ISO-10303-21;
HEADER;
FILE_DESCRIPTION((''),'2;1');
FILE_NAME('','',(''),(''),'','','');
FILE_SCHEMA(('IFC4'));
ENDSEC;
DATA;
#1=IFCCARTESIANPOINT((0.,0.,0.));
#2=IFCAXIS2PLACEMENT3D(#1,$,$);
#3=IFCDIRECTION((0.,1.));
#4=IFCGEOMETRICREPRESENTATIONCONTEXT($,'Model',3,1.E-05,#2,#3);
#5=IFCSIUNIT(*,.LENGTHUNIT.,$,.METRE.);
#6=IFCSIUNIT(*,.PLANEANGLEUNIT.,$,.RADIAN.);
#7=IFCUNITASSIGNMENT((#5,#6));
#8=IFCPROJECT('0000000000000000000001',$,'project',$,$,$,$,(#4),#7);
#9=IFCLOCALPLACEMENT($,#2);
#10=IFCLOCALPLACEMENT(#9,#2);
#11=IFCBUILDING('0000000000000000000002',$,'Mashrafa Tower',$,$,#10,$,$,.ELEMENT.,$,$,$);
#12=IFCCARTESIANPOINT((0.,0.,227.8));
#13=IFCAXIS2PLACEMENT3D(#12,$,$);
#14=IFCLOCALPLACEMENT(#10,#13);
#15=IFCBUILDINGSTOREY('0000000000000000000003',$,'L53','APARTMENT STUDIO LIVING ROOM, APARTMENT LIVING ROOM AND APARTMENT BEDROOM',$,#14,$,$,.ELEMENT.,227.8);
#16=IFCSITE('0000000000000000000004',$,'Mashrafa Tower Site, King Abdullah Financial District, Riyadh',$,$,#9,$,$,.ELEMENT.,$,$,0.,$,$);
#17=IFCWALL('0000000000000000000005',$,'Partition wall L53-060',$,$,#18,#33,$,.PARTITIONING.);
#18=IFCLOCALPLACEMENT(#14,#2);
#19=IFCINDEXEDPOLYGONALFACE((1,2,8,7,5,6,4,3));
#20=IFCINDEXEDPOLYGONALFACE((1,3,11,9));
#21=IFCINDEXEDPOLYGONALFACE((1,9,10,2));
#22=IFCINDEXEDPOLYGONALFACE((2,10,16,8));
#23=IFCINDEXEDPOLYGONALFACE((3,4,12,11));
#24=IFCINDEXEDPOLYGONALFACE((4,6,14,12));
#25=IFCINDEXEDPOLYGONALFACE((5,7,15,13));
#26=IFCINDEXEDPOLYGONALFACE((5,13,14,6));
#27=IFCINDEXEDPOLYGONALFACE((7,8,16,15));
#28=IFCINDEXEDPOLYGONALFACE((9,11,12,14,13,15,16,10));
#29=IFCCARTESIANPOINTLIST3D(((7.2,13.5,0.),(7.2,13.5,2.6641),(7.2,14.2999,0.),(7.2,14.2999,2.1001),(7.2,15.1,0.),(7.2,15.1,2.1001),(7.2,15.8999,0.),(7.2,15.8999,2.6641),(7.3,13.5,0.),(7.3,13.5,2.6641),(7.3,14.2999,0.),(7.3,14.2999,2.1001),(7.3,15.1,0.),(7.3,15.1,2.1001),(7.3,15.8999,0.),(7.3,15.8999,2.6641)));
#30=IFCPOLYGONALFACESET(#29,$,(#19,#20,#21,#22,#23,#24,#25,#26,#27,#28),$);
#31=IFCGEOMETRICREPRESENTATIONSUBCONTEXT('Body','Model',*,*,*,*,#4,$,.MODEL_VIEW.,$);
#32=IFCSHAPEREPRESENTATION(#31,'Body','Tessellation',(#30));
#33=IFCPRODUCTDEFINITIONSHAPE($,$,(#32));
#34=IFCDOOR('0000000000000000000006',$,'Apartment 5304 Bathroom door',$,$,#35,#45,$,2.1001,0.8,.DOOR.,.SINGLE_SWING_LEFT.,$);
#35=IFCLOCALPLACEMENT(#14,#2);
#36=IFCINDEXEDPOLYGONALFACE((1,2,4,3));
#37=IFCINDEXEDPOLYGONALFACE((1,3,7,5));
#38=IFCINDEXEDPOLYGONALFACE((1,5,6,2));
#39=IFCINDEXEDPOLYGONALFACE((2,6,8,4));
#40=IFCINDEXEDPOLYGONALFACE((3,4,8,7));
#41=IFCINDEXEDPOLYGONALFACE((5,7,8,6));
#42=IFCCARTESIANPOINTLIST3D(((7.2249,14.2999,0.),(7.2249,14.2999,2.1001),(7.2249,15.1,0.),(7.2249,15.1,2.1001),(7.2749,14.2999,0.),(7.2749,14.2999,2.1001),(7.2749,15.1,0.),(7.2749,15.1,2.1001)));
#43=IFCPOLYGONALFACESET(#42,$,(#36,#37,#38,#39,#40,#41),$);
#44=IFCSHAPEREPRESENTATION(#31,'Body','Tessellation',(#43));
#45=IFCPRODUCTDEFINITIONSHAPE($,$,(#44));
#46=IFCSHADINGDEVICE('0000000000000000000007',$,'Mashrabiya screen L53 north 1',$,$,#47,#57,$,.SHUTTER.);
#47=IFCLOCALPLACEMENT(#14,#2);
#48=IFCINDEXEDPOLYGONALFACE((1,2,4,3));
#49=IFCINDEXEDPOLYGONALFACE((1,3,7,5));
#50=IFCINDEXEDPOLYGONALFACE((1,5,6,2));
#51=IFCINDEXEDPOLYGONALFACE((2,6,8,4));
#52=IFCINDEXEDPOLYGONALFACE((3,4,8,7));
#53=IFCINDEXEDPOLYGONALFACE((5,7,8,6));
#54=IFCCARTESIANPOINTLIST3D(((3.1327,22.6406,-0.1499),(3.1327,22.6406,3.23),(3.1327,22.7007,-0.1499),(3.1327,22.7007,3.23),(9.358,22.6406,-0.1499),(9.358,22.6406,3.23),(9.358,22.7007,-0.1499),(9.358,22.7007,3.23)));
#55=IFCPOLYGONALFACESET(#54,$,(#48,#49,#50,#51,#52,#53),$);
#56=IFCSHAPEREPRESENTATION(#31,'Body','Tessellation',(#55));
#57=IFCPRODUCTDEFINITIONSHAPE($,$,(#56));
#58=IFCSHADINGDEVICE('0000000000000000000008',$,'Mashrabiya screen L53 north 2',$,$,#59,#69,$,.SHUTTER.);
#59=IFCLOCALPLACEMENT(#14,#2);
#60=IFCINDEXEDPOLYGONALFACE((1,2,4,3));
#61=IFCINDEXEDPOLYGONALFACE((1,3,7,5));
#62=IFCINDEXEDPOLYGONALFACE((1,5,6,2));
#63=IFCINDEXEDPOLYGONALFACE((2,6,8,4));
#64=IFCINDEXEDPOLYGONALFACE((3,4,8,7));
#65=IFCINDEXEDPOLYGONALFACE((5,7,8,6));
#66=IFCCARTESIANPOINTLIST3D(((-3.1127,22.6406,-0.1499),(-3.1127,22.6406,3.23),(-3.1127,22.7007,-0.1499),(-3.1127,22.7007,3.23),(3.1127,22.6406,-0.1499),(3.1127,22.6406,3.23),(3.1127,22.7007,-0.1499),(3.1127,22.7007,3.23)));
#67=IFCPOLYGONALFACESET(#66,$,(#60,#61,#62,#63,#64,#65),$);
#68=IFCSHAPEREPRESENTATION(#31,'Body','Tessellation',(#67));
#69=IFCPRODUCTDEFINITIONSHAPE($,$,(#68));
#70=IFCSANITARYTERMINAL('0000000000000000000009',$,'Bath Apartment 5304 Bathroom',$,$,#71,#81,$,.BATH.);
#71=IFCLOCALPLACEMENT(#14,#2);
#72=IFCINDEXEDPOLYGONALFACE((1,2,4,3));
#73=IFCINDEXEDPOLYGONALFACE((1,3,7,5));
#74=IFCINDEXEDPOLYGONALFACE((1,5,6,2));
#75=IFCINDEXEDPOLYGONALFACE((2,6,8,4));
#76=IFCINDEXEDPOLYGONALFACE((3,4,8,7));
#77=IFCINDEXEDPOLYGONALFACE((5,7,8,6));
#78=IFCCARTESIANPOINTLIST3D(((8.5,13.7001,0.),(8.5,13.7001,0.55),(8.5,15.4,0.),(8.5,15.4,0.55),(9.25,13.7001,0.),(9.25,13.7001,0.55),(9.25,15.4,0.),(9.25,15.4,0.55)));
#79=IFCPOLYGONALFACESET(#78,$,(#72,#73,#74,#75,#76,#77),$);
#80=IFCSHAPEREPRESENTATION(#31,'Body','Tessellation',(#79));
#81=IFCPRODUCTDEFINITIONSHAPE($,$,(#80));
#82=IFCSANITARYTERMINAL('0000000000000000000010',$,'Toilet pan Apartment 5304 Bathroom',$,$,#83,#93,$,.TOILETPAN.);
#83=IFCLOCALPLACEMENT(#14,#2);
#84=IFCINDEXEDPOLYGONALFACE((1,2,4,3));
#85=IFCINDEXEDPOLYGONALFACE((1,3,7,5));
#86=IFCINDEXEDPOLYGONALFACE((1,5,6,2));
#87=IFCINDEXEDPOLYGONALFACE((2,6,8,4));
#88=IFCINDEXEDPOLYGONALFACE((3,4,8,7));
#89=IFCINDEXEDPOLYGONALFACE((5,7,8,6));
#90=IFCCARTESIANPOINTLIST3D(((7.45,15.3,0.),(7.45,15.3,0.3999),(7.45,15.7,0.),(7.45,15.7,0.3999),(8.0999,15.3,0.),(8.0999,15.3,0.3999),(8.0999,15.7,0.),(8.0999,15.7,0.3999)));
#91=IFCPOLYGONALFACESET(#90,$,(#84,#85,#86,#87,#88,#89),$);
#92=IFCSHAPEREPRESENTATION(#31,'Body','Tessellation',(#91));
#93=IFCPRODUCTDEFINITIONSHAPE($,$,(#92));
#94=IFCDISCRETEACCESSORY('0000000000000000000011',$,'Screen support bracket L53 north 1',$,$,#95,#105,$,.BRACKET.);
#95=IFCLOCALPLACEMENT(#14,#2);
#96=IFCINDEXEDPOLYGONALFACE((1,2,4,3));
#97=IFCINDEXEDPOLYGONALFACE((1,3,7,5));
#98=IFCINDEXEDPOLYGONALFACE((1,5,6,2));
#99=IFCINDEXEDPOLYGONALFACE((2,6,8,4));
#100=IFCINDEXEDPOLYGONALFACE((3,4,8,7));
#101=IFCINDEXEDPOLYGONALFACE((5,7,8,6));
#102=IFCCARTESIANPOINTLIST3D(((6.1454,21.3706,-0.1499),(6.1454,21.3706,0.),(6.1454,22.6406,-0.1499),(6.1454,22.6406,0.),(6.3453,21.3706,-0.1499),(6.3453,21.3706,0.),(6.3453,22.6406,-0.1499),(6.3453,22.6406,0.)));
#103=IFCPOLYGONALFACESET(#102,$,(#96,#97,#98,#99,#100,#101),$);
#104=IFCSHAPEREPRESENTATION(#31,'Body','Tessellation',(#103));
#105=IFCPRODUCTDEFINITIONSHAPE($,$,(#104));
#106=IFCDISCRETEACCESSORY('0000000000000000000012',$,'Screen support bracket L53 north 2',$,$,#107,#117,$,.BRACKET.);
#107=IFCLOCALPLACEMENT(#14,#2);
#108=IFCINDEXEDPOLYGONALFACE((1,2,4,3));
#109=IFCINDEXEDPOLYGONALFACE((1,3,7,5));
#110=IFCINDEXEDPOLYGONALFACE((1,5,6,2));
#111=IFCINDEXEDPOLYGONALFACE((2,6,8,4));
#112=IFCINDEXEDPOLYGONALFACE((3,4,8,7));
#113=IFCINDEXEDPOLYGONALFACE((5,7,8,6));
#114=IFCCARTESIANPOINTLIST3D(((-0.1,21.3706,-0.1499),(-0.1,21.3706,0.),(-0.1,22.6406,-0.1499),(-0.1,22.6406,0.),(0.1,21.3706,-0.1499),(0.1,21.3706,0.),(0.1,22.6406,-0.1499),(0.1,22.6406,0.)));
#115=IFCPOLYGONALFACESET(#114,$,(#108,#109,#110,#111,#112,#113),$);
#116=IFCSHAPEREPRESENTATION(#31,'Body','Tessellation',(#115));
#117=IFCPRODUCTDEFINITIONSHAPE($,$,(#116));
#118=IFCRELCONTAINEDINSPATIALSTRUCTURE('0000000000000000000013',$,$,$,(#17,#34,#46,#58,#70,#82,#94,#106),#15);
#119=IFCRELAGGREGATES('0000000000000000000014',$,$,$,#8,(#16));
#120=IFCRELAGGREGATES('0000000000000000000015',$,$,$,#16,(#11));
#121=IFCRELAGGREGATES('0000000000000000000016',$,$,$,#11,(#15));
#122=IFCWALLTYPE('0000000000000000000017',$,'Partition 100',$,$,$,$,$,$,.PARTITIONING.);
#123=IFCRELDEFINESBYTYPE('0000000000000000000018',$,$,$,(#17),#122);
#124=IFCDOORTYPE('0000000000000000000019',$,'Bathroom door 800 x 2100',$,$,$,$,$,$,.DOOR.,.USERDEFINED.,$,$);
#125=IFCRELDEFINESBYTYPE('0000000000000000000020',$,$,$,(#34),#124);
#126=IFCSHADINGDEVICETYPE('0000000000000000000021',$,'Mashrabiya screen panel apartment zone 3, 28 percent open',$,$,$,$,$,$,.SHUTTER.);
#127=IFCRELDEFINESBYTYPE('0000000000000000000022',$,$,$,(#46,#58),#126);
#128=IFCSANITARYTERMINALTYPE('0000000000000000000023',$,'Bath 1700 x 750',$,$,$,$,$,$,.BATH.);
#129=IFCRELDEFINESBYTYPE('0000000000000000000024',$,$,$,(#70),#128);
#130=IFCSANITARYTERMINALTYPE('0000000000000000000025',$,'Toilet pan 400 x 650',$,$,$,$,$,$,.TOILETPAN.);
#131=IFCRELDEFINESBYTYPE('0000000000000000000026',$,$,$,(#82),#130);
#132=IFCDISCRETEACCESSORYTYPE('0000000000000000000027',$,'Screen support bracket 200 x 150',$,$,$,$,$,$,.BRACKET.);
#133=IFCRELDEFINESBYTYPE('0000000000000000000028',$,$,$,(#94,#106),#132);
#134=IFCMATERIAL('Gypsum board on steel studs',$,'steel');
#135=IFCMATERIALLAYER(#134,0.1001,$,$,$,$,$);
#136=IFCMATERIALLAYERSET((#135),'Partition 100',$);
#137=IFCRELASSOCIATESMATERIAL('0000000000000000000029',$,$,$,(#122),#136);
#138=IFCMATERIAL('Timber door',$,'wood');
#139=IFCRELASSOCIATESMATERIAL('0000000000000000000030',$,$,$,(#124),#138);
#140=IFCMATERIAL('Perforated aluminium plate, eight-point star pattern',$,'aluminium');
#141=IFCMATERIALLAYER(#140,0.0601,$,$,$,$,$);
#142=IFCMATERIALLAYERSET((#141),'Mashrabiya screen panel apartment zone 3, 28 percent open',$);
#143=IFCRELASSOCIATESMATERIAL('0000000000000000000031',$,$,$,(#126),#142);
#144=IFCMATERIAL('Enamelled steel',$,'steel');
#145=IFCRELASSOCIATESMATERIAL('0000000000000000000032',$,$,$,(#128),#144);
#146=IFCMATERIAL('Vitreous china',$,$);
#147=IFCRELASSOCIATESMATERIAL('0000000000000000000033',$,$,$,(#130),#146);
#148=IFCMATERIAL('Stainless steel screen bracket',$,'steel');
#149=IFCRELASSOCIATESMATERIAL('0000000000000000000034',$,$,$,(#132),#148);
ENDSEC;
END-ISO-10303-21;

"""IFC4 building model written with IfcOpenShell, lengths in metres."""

from ifc_helpers import new_model, si_unit, direction, frame, frame_2d, origin, origin_2d, place, context, subcontext, project, spatial, rectangle, extrude, source, transform, mapped, material, layer, layer_set, type_object, type_shapes, element, fill, save


model = new_model("IFC4")

# Units and contexts
model_context = context("Model", 3, precision=1e-05, world=origin(), true_north=direction((0.0, 1.0)))
body_context = subcontext(model_context, "Body", "Model", "MODEL_VIEW")
ifc_project = project(units=[si_unit("LENGTHUNIT", "METRE"), si_unit("PLANEANGLEUNIT", "RADIAN")], contexts=[model_context])

# Site, building, storey
site_placement = place(None, origin())
site = spatial("IfcSite", under=ifc_project, at=site_placement, Name="Mashrafa Tower Site, King Abdullah Financial District, Riyadh", CompositionType="ELEMENT", RefElevation=0.0)
building_placement = place(site_placement, origin())
building = spatial("IfcBuilding", under=site, at=building_placement, Name="Mashrafa Tower", CompositionType="ELEMENT")
storey_placement = place(building_placement, frame((0.0, 0.0, 227.8)))
storey = spatial("IfcBuildingStorey", under=building, at=storey_placement, Name="L53", Description="APARTMENT STUDIO LIVING ROOM, APARTMENT LIVING ROOM AND APARTMENT BEDROOM", CompositionType="ELEMENT", Elevation=227.8)

# Shared definitions
ifc_material_1 = material(Name="Gypsum board on steel studs", Category="steel")
ifc_layer_1 = layer(ifc_material_1, 0.1001)
ifc_layer_set_1 = layer_set([ifc_layer_1], Name="Partition 100")
wall_type_1 = type_object("IfcWallType", Name="Partition 100", PredefinedType="PARTITIONING", material=ifc_layer_set_1)

# Wall, opening, door
wall_1_placement = place(storey_placement, frame((7.25, 15.8999, 0.0), z_axis=(0.0, 0.0, 1.0), x_axis=(0.0, -1.0, 0.0)))
wall_1 = element("IfcWall", 1, at=wall_1_placement, inside=storey, type_object=wall_type_1, Name="Partition wall L53-060", PredefinedType="PARTITIONING", context=body_context, shape_type="SweptSolid", body=[
    extrude(rectangle(XDim=2.3999, YDim=0.1001, at=frame_2d((1.2, 0.0))), origin(), (0.0, 0.0, 1.0), 2.6641),
])
opening_1_placement = place(wall_1_placement, frame((0.8, 0.0, 0.0)))
opening_1 = element("IfcOpeningElement", 2, at=opening_1_placement, cuts=wall_1, PredefinedType="OPENING", context=body_context, shape_type="SweptSolid", body=[
    extrude(rectangle(XDim=0.8, YDim=2.1001, at=frame_2d((0.3999, 1.05))), frame((0.0, 0.0601, 0.0), z_axis=(0.0, -1.0, 0.0), x_axis=(1.0, 0.0, 0.0)), (0.0, 0.0, 1.0), 0.1201),
])
ifc_material_2 = material(Name="Timber door", Category="wood")
door_type_1 = type_object("IfcDoorType", Name="Bathroom door 800 x 2100", OperationType="USERDEFINED", PredefinedType="DOOR", material=ifc_material_2)
door_1_placement = place(opening_1_placement, origin())
door_1 = element("IfcDoor", 3, at=door_1_placement, inside=storey, type_object=door_type_1, Name="Apartment 5304 Bathroom door", OperationType="SINGLE_SWING_LEFT", OverallHeight=2.1001, OverallWidth=0.8, PredefinedType="DOOR", context=body_context, shape_type="SweptSolid", body=[
    extrude(rectangle(XDim=0.8, YDim=2.1001, at=frame_2d((0.3999, 1.05))), frame((0.0, 0.0249, 0.0), z_axis=(0.0, -1.0, 0.0), x_axis=(1.0, 0.0, 0.0)), (0.0, 0.0, 1.0), 0.05),
])
fill(opening_1, door_1)

# Shading devices
ifc_material_3 = material(Name="Perforated aluminium plate, eight-point star pattern", Category="aluminium")
ifc_layer_2 = layer(ifc_material_3, 0.0601)
ifc_layer_set_2 = layer_set([ifc_layer_2], Name="Mashrabiya screen panel apartment zone 3, 28 percent open")
shading_device_type = type_object("IfcShadingDeviceType", Name="Mashrabiya screen panel apartment zone 3, 28 percent open", PredefinedType="SHUTTER", material=ifc_layer_set_2)
shared_shape_1 = source(origin(), body_context, "Body", "SweptSolid", [
    extrude(rectangle(XDim=6.2253, YDim=0.0601, at=origin_2d()), origin(), (0.0, 0.0, 1.0), 3.3799),
])
type_shapes(shading_device_type, [shared_shape_1])
for number, where, z_axis, x_axis, name in (
    (4, (6.2454, 22.6707, -0.1499), (0.0, 0.0, 1.0), (-1.0, 0.0, 0.0), "Mashrabiya screen L53 north 1"),
    (5, (0.0, 22.6707, -0.1499), (0.0, 0.0, 1.0), (-1.0, 0.0, 0.0), "Mashrabiya screen L53 north 2"),
):
    element("IfcShadingDevice", number, at=place(storey_placement, frame(where, z_axis=z_axis, x_axis=x_axis)), inside=storey, type_object=shading_device_type, Name=name, PredefinedType="SHUTTER", context=body_context, shape_type="MappedRepresentation", body=[
        mapped(shared_shape_1, transform((0.0, 0.0, 0.0))),
    ])

# Sanitary terminals
ifc_material_4 = material(Name="Enamelled steel", Category="steel")
sanitary_terminal_type_1 = type_object("IfcSanitaryTerminalType", Name="Bath 1700 x 750", PredefinedType="BATH", material=ifc_material_4)
sanitary_terminal_1_placement = place(storey_placement, frame((8.875, 14.55, 0.0), z_axis=(0.0, 0.0, 1.0), x_axis=(0.0, 1.0, 0.0)))
element("IfcSanitaryTerminal", 6, at=sanitary_terminal_1_placement, inside=storey, type_object=sanitary_terminal_type_1, Name="Bath Apartment 5304 Bathroom", PredefinedType="BATH", context=body_context, shape_type="SweptSolid", body=[
    extrude(rectangle(XDim=1.7, YDim=0.75, at=origin_2d()), origin(), (0.0, 0.0, 1.0), 0.55),
])
ifc_material_5 = material(Name="Vitreous china")
sanitary_terminal_type_2 = type_object("IfcSanitaryTerminalType", Name="Toilet pan 400 x 650", PredefinedType="TOILETPAN", material=ifc_material_5)
sanitary_terminal_2_placement = place(storey_placement, frame((7.7749, 15.5, 0.0), z_axis=(0.0, 0.0, 1.0), x_axis=(0.0, -1.0, 0.0)))
element("IfcSanitaryTerminal", 7, at=sanitary_terminal_2_placement, inside=storey, type_object=sanitary_terminal_type_2, Name="Toilet pan Apartment 5304 Bathroom", PredefinedType="TOILETPAN", context=body_context, shape_type="SweptSolid", body=[
    extrude(rectangle(XDim=0.3999, YDim=0.6499, at=origin_2d()), origin(), (0.0, 0.0, 1.0), 0.3999),
])

# Discrete accessories
ifc_material_6 = material(Name="Stainless steel screen bracket", Category="steel")
discrete_accessory_type = type_object("IfcDiscreteAccessoryType", Name="Screen support bracket 200 x 150", PredefinedType="BRACKET", material=ifc_material_6)
shared_shape_2 = source(origin(), body_context, "Body", "SweptSolid", [
    extrude(rectangle(XDim=0.2, YDim=1.27, at=origin_2d()), origin(), (0.0, 0.0, 1.0), 0.1499),
])
type_shapes(discrete_accessory_type, [shared_shape_2])
for number, where, z_axis, x_axis, name in (
    (8, (6.2454, 22.0056, -0.1499), (0.0, 0.0, 1.0), (-1.0, 0.0, 0.0), "Screen support bracket L53 north 1"),
    (9, (0.0, 22.0056, -0.1499), (0.0, 0.0, 1.0), (-1.0, 0.0, 0.0), "Screen support bracket L53 north 2"),
):
    element("IfcDiscreteAccessory", number, at=place(storey_placement, frame(where, z_axis=z_axis, x_axis=x_axis)), inside=storey, type_object=discrete_accessory_type, Name=name, PredefinedType="BRACKET", context=body_context, shape_type="MappedRepresentation", body=[
        mapped(shared_shape_2, transform((0.0, 0.0, 0.0))),
    ])

save(model, "model.ifc")
